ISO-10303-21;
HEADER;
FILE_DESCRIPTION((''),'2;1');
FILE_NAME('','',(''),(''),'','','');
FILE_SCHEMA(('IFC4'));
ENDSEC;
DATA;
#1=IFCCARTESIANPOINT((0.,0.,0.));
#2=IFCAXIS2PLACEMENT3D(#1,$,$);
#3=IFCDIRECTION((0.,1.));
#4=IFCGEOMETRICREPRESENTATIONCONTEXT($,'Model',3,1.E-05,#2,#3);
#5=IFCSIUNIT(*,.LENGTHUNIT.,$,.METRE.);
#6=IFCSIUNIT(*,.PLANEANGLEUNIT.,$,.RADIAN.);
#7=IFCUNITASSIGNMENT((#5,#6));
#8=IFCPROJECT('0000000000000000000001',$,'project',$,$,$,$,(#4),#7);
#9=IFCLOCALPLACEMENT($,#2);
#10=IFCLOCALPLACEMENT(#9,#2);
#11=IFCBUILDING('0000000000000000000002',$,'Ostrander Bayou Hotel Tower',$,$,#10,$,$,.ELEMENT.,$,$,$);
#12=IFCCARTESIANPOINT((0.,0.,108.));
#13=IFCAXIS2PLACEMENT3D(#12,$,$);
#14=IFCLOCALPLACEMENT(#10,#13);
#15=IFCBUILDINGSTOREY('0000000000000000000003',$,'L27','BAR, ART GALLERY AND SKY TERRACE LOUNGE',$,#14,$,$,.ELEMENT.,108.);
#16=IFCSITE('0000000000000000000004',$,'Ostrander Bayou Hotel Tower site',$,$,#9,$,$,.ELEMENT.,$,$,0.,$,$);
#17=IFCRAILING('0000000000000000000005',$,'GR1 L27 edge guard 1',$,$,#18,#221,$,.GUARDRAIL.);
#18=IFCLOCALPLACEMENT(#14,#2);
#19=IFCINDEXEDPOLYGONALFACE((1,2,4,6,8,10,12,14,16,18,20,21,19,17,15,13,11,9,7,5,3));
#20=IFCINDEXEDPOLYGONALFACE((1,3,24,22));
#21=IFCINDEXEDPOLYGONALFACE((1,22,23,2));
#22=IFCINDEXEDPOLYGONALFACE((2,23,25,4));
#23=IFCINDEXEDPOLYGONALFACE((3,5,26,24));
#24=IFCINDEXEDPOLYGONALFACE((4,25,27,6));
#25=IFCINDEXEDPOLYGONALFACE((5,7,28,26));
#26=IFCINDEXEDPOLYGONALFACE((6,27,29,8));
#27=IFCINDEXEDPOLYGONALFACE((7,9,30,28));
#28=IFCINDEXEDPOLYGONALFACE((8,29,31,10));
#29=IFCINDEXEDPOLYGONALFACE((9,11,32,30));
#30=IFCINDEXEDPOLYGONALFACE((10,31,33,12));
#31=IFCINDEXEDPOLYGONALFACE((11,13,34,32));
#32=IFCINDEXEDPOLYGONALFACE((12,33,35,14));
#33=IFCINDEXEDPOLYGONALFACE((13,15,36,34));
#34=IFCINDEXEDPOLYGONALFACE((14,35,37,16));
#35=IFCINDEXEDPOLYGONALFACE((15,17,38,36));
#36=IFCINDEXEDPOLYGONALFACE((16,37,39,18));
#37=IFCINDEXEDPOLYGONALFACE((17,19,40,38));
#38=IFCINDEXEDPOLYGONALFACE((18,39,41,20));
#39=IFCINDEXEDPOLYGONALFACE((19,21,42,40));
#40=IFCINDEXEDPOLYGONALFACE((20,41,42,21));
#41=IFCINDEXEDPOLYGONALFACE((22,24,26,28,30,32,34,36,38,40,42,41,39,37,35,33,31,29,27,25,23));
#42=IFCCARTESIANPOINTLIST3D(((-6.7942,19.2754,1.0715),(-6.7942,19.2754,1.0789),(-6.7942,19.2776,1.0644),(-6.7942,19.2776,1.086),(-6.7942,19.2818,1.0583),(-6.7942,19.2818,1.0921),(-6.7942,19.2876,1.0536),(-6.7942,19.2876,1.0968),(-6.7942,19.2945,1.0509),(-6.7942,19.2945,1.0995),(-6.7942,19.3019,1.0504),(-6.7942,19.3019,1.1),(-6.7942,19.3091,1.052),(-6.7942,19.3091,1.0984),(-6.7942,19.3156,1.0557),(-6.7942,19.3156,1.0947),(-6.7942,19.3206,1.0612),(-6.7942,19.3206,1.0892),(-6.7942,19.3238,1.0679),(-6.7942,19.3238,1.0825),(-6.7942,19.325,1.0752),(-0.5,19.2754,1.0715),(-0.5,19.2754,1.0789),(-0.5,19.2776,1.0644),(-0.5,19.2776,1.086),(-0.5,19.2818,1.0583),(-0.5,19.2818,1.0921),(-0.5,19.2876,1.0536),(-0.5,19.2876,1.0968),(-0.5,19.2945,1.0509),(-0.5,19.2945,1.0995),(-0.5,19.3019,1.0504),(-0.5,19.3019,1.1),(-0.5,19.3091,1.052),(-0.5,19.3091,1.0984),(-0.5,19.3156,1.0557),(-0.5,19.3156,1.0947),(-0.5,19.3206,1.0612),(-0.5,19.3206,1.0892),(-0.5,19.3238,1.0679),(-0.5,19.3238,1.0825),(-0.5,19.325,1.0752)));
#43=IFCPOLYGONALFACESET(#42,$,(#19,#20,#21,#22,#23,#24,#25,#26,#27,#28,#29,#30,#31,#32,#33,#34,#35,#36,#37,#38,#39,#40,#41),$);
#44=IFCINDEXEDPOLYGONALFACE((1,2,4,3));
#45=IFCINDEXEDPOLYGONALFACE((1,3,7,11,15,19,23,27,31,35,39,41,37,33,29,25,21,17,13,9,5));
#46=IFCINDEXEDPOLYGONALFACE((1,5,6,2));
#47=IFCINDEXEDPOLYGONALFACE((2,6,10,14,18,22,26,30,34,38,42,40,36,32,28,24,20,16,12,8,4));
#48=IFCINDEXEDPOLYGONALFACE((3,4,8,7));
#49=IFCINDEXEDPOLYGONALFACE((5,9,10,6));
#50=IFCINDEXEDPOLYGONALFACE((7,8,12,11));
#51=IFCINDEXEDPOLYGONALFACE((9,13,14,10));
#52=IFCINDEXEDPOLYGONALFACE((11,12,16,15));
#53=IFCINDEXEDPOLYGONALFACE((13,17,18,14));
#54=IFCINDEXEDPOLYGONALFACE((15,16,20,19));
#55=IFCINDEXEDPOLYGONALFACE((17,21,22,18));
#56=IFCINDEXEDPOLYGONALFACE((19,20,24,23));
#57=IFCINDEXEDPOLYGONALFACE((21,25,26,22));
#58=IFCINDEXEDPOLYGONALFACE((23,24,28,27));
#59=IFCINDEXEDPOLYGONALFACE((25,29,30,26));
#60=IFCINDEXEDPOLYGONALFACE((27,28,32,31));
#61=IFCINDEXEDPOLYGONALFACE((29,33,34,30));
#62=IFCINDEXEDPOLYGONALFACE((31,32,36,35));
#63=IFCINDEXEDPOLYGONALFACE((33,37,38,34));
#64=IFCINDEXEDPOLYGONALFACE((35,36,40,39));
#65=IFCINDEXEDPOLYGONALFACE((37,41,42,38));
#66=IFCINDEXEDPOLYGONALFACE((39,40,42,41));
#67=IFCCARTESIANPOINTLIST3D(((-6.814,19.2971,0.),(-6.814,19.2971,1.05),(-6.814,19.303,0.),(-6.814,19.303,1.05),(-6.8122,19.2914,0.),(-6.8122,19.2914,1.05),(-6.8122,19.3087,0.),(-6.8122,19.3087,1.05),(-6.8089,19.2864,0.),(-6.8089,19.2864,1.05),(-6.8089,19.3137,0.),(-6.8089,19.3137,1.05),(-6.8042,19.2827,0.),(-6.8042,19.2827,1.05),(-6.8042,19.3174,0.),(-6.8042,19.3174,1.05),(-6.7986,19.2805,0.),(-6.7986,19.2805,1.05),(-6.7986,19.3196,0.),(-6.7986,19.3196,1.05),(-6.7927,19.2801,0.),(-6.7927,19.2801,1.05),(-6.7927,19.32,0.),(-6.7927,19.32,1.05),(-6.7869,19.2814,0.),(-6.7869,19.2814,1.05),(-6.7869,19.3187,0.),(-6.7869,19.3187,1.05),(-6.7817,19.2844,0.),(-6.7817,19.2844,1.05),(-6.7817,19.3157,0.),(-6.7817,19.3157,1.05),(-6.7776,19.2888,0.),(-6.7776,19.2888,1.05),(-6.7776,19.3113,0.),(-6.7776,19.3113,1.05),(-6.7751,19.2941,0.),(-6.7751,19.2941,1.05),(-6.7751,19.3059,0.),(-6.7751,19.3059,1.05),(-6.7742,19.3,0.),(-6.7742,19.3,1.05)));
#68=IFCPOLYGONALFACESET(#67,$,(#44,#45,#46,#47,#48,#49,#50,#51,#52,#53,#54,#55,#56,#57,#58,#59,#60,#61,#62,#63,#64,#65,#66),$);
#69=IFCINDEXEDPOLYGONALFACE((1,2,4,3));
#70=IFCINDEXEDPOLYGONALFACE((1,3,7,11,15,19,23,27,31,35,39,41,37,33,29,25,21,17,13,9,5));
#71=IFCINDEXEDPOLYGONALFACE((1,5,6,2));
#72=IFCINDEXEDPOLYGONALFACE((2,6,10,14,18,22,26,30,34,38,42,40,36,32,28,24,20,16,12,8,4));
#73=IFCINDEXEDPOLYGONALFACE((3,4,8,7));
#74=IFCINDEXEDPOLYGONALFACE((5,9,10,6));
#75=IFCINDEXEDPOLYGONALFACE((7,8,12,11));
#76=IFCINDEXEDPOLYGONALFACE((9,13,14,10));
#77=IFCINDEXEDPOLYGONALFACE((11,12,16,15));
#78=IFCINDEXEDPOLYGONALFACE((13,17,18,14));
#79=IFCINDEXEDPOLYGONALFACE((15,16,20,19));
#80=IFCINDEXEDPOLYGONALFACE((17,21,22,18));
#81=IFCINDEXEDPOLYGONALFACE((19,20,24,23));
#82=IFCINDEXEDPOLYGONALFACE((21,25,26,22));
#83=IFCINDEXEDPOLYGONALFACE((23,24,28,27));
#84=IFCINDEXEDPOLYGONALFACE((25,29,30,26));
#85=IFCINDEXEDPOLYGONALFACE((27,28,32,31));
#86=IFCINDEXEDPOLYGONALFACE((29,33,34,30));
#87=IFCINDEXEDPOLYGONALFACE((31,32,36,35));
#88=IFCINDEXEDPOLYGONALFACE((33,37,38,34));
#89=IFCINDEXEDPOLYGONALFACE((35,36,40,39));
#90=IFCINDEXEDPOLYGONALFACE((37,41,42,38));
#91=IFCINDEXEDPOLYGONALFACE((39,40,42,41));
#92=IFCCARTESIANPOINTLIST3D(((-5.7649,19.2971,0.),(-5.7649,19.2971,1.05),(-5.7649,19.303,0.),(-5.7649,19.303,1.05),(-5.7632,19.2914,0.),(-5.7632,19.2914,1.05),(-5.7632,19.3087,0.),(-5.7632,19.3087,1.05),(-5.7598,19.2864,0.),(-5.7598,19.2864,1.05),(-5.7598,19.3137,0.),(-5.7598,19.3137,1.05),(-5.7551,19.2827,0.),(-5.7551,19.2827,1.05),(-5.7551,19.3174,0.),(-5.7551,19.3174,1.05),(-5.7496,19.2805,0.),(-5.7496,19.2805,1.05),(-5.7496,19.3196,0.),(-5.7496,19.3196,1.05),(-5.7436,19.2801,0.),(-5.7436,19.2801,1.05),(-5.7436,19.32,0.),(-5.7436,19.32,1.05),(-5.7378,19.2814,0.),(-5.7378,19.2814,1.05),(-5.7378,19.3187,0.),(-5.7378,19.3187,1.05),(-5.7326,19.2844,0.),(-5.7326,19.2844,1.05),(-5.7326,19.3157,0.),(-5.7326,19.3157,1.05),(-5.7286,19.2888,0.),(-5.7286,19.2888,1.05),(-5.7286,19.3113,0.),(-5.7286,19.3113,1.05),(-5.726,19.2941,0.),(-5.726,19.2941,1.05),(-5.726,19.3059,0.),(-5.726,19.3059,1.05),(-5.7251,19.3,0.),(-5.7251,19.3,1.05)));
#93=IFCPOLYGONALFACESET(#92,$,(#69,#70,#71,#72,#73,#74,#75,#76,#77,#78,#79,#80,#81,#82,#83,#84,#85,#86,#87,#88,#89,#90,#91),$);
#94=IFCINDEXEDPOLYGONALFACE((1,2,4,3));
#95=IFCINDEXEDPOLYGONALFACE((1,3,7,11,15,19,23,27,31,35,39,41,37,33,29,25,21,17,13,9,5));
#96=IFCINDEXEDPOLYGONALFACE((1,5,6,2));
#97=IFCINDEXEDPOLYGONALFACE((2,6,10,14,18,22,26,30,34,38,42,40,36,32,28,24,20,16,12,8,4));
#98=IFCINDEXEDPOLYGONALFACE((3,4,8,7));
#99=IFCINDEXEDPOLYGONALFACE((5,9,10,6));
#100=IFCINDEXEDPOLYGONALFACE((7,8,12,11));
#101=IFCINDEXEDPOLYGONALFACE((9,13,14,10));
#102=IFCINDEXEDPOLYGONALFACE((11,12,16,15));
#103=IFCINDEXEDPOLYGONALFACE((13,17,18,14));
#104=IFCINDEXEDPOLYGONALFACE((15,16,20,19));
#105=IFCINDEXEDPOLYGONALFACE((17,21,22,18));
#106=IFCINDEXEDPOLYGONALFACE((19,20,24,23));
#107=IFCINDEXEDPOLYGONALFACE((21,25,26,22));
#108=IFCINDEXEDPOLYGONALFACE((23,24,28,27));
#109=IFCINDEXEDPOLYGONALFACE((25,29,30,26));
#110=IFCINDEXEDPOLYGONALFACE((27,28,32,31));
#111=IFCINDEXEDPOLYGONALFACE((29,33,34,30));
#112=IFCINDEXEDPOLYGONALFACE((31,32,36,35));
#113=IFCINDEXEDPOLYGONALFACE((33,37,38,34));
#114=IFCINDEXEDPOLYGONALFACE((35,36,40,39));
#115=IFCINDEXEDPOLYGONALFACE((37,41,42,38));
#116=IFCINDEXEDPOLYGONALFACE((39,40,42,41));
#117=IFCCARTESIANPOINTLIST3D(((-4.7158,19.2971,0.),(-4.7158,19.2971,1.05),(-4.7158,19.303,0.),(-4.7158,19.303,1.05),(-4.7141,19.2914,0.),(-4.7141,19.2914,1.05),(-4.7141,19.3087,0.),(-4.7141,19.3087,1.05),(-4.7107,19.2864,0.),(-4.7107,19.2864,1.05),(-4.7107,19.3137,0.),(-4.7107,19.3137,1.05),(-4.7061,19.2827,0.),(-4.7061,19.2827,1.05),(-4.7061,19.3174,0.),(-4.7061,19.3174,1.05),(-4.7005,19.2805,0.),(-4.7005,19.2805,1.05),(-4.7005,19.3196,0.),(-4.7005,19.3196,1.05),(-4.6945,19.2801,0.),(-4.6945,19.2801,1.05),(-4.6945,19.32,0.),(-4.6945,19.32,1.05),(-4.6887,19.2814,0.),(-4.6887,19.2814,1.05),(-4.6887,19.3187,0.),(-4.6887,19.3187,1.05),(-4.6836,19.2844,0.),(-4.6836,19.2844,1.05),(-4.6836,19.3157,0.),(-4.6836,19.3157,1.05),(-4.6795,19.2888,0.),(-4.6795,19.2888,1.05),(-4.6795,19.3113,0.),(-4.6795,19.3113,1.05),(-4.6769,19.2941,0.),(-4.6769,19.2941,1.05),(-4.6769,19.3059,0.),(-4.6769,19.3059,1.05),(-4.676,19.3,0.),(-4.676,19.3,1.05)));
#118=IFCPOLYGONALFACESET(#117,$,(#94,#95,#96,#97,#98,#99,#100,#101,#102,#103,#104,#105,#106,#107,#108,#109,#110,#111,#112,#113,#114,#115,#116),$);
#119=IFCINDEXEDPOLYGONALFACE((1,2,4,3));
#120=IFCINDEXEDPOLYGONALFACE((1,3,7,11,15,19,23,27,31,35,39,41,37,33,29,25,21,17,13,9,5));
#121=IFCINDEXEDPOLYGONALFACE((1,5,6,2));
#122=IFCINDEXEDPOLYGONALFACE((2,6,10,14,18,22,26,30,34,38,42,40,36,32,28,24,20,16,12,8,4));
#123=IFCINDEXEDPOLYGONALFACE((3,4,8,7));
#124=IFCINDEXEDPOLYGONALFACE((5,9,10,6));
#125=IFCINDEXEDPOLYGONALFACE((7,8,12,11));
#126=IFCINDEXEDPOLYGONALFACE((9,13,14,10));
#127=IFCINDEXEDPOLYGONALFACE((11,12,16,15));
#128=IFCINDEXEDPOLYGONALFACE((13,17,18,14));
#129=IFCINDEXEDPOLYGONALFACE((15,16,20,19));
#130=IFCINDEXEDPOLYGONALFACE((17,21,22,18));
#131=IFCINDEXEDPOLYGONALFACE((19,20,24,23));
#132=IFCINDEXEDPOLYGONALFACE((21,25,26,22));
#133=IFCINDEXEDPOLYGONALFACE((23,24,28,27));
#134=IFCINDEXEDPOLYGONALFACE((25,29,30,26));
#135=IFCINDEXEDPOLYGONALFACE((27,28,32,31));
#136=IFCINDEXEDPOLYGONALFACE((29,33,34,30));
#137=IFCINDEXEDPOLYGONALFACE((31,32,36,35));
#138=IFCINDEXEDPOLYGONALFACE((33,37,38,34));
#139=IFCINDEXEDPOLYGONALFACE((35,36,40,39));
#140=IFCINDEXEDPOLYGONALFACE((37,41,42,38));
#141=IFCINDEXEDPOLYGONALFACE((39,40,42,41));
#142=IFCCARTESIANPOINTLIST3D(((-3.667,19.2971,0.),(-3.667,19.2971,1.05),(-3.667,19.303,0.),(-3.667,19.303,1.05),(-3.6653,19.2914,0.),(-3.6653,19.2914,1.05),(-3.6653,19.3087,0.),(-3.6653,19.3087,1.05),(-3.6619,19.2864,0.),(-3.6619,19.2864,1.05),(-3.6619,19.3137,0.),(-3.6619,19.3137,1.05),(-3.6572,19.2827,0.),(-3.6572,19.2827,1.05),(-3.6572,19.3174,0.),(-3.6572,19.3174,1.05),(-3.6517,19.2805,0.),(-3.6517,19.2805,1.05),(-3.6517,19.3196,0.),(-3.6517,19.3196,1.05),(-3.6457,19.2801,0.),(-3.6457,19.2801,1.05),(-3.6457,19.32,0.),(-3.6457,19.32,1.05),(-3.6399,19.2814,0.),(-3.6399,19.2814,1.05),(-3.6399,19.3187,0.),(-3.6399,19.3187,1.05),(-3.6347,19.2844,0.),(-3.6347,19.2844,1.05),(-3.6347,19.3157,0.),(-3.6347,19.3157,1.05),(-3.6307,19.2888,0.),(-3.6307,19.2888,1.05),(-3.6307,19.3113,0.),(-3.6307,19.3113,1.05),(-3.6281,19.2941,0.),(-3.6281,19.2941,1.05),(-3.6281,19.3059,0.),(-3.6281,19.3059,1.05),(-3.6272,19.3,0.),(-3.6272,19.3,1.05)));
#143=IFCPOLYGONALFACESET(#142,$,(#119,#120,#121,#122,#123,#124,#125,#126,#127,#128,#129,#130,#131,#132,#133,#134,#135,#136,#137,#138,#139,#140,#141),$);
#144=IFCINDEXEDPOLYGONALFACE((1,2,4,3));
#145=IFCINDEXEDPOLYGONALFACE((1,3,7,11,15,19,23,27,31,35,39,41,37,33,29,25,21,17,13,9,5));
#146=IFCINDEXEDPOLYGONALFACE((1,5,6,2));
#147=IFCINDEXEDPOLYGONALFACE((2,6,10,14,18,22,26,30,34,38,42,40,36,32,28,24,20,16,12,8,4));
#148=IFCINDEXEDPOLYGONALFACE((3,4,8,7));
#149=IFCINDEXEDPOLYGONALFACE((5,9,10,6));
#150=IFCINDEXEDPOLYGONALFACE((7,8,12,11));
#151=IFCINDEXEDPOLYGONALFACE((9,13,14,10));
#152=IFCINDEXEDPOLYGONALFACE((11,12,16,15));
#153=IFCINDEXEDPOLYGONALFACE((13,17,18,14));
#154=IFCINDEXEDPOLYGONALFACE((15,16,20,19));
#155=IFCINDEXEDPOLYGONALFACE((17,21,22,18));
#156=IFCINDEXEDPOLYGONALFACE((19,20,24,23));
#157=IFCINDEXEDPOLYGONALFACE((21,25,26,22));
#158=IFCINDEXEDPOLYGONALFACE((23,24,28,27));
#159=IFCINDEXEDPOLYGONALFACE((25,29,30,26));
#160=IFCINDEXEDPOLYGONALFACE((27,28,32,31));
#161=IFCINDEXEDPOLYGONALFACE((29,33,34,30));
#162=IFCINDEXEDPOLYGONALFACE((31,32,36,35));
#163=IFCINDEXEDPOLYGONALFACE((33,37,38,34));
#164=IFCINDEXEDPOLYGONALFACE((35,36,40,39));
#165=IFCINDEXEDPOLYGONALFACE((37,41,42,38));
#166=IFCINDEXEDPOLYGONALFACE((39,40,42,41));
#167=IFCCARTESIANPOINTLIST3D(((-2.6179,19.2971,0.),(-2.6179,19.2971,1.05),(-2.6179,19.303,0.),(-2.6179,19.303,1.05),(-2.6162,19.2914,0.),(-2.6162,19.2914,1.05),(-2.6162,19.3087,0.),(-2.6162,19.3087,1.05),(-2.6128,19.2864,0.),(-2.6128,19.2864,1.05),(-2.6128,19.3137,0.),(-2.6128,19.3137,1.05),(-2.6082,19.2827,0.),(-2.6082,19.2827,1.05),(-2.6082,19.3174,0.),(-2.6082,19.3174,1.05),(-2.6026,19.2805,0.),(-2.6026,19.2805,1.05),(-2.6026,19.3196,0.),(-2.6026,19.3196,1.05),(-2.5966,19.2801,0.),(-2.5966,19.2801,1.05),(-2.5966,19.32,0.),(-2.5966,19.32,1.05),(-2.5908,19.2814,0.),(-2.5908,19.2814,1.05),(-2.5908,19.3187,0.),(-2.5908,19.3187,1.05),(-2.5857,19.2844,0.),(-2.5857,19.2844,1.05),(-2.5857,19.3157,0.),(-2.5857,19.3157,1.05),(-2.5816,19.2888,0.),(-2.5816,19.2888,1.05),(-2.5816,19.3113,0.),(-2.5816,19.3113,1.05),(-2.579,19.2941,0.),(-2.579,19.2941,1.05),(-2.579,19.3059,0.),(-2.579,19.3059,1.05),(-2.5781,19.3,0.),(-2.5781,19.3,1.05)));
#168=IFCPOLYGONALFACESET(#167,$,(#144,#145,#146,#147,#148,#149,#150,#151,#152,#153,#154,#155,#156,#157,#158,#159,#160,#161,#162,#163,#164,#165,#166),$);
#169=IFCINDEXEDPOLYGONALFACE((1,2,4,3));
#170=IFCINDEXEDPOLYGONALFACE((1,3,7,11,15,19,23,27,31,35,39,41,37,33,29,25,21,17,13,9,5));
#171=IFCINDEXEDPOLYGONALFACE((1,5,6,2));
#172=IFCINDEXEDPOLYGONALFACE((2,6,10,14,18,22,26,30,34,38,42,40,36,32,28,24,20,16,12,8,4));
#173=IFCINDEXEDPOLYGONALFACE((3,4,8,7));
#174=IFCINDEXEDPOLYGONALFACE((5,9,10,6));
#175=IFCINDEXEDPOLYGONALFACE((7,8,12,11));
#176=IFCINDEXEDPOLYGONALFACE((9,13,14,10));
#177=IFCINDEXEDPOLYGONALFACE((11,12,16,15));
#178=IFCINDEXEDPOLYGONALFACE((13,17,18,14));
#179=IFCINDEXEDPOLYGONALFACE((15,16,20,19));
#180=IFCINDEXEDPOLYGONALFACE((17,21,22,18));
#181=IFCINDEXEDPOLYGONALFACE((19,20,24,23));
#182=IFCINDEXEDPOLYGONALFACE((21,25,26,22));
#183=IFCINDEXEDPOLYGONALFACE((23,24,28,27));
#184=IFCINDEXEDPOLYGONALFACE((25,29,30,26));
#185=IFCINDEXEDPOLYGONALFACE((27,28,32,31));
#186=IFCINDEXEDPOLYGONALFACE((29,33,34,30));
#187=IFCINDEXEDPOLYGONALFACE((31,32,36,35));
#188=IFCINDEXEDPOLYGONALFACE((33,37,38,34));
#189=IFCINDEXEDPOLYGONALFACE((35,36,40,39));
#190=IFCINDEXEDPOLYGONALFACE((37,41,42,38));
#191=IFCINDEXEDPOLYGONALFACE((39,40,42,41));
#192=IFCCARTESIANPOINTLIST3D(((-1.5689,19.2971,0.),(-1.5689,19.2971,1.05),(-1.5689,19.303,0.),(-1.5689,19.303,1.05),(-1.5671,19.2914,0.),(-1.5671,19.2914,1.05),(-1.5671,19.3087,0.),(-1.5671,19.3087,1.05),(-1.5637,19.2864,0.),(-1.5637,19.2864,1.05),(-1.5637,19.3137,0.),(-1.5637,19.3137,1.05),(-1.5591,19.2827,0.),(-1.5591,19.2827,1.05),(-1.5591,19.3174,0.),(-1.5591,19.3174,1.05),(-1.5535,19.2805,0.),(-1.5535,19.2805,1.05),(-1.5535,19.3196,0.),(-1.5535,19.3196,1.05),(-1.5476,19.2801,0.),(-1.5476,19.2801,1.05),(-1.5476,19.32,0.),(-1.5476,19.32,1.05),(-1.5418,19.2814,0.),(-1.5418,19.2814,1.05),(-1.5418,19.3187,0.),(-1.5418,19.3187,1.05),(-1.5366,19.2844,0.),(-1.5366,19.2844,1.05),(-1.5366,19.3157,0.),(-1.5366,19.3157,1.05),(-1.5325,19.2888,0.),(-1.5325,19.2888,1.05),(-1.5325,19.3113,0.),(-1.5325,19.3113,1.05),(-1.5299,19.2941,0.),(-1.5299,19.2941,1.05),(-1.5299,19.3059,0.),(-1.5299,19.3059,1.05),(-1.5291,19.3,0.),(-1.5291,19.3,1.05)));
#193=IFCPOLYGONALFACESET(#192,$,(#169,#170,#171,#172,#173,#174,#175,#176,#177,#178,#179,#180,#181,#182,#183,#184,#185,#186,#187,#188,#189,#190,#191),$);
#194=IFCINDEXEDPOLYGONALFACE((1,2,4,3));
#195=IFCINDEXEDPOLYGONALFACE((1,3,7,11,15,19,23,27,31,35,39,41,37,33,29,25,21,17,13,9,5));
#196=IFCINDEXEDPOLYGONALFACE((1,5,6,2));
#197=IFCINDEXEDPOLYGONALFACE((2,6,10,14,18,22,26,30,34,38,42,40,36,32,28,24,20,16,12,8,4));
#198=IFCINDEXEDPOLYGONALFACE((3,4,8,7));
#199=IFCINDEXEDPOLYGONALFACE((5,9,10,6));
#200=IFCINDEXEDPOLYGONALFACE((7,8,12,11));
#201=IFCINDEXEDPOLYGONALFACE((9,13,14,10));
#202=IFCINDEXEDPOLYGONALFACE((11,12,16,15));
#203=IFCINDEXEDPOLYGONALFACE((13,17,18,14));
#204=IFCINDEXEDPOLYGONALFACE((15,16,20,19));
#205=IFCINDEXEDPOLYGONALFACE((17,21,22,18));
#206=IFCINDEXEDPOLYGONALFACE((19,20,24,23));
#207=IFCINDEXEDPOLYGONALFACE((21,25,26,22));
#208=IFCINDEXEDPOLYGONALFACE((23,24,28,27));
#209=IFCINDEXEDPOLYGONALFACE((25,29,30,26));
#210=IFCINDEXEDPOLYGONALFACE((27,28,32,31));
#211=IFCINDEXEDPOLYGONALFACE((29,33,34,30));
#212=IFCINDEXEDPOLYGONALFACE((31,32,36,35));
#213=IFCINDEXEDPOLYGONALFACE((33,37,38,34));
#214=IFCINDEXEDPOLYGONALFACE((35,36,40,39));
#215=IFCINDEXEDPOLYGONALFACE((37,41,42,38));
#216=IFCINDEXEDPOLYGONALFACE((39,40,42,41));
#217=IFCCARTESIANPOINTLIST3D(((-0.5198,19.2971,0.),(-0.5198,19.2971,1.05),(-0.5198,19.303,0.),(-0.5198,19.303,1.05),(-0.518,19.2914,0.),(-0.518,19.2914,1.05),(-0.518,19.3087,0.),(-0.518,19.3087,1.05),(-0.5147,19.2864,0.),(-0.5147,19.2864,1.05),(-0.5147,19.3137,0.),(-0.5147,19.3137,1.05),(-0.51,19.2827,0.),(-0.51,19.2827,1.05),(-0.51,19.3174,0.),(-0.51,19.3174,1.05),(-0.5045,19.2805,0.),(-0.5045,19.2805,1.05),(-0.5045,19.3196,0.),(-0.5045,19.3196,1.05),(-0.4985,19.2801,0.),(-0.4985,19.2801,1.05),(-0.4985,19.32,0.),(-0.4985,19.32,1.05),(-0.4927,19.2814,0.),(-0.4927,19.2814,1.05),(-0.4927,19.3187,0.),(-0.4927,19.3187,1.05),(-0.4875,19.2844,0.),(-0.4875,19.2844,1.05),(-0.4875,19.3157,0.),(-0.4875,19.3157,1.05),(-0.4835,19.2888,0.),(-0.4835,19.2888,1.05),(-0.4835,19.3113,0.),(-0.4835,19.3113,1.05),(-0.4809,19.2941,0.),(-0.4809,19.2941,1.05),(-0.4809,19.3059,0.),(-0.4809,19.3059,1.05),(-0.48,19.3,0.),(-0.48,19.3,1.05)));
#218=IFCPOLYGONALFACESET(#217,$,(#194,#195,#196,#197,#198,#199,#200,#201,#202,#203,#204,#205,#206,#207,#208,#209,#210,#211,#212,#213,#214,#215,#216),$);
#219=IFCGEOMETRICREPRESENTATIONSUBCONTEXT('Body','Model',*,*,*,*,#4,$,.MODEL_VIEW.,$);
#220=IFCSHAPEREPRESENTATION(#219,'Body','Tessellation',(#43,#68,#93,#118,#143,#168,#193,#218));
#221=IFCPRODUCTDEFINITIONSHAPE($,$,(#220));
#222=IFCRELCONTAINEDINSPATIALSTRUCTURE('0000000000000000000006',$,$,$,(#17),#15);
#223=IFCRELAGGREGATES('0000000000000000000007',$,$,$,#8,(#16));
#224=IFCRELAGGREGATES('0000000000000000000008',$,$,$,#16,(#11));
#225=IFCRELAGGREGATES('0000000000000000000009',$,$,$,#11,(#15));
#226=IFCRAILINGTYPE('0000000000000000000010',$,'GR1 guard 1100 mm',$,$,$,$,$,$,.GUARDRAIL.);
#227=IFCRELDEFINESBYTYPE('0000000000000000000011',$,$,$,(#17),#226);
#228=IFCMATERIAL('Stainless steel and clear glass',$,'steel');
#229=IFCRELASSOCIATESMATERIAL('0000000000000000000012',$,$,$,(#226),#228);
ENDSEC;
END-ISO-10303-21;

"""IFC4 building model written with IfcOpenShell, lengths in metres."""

from ifc_helpers import new_model, si_unit, direction, frame, origin, origin_2d, place, context, subcontext, project, spatial, circle, extrude, material, type_object, element, save


model = new_model("IFC4")

# Units and contexts
model_context = context("Model", 3, precision=1e-05, world=origin(), true_north=direction((0.0, 1.0)))
body_context = subcontext(model_context, "Body", "Model", "MODEL_VIEW")
ifc_project = project(units=[si_unit("LENGTHUNIT", "METRE"), si_unit("PLANEANGLEUNIT", "RADIAN")], contexts=[model_context])

# Site, building, storey
site_placement = place(None, origin())
site = spatial("IfcSite", under=ifc_project, at=site_placement, Name="Ostrander Bayou Hotel Tower site", CompositionType="ELEMENT", RefElevation=0.0)
building_placement = place(site_placement, origin())
building = spatial("IfcBuilding", under=site, at=building_placement, Name="Ostrander Bayou Hotel Tower", CompositionType="ELEMENT")
storey_placement = place(building_placement, frame((0.0, 0.0, 108.0)))
storey = spatial("IfcBuildingStorey", under=building, at=storey_placement, Name="L27", Description="BAR, ART GALLERY AND SKY TERRACE LOUNGE", CompositionType="ELEMENT", Elevation=108.0)

# Railing
ifc_material_1 = material(Name="Stainless steel and clear glass", Category="steel")
railing_type = type_object("IfcRailingType", Name="GR1 guard 1100 mm", PredefinedType="GUARDRAIL", material=ifc_material_1)
railing_1_placement = place(storey_placement, frame((-6.7942, 19.3, 0.0)))
element("IfcRailing", 1, at=railing_1_placement, inside=storey, type_object=railing_type, Name="GR1 L27 edge guard 1", PredefinedType="GUARDRAIL", context=body_context, shape_type="SweptSolid", body=[
    extrude(circle(Radius=0.0249, at=origin_2d()), frame((0.0, 0.0, 1.0752), z_axis=(1.0, 0.0, 0.0), x_axis=(0.0, 1.0, 0.0)), (0.0, 0.0, 1.0), 6.2942),
    extrude(circle(Radius=0.02, at=origin_2d()), origin(), (0.0, 0.0, 1.0), 1.05),
    extrude(circle(Radius=0.02, at=origin_2d()), frame((1.0491, 0.0, 0.0)), (0.0, 0.0, 1.0), 1.05),
    extrude(circle(Radius=0.02, at=origin_2d()), frame((2.0981, 0.0, 0.0)), (0.0, 0.0, 1.0), 1.05),
    extrude(circle(Radius=0.02, at=origin_2d()), frame((3.147, 0.0, 0.0)), (0.0, 0.0, 1.0), 1.05),
    extrude(circle(Radius=0.02, at=origin_2d()), frame((4.196, 0.0, 0.0)), (0.0, 0.0, 1.0), 1.05),
    extrude(circle(Radius=0.02, at=origin_2d()), frame((5.2451, 0.0, 0.0)), (0.0, 0.0, 1.0), 1.05),
    extrude(circle(Radius=0.02, at=origin_2d()), frame((6.2942, 0.0, 0.0)), (0.0, 0.0, 1.0), 1.05),
])

save(model, "model.ifc")
